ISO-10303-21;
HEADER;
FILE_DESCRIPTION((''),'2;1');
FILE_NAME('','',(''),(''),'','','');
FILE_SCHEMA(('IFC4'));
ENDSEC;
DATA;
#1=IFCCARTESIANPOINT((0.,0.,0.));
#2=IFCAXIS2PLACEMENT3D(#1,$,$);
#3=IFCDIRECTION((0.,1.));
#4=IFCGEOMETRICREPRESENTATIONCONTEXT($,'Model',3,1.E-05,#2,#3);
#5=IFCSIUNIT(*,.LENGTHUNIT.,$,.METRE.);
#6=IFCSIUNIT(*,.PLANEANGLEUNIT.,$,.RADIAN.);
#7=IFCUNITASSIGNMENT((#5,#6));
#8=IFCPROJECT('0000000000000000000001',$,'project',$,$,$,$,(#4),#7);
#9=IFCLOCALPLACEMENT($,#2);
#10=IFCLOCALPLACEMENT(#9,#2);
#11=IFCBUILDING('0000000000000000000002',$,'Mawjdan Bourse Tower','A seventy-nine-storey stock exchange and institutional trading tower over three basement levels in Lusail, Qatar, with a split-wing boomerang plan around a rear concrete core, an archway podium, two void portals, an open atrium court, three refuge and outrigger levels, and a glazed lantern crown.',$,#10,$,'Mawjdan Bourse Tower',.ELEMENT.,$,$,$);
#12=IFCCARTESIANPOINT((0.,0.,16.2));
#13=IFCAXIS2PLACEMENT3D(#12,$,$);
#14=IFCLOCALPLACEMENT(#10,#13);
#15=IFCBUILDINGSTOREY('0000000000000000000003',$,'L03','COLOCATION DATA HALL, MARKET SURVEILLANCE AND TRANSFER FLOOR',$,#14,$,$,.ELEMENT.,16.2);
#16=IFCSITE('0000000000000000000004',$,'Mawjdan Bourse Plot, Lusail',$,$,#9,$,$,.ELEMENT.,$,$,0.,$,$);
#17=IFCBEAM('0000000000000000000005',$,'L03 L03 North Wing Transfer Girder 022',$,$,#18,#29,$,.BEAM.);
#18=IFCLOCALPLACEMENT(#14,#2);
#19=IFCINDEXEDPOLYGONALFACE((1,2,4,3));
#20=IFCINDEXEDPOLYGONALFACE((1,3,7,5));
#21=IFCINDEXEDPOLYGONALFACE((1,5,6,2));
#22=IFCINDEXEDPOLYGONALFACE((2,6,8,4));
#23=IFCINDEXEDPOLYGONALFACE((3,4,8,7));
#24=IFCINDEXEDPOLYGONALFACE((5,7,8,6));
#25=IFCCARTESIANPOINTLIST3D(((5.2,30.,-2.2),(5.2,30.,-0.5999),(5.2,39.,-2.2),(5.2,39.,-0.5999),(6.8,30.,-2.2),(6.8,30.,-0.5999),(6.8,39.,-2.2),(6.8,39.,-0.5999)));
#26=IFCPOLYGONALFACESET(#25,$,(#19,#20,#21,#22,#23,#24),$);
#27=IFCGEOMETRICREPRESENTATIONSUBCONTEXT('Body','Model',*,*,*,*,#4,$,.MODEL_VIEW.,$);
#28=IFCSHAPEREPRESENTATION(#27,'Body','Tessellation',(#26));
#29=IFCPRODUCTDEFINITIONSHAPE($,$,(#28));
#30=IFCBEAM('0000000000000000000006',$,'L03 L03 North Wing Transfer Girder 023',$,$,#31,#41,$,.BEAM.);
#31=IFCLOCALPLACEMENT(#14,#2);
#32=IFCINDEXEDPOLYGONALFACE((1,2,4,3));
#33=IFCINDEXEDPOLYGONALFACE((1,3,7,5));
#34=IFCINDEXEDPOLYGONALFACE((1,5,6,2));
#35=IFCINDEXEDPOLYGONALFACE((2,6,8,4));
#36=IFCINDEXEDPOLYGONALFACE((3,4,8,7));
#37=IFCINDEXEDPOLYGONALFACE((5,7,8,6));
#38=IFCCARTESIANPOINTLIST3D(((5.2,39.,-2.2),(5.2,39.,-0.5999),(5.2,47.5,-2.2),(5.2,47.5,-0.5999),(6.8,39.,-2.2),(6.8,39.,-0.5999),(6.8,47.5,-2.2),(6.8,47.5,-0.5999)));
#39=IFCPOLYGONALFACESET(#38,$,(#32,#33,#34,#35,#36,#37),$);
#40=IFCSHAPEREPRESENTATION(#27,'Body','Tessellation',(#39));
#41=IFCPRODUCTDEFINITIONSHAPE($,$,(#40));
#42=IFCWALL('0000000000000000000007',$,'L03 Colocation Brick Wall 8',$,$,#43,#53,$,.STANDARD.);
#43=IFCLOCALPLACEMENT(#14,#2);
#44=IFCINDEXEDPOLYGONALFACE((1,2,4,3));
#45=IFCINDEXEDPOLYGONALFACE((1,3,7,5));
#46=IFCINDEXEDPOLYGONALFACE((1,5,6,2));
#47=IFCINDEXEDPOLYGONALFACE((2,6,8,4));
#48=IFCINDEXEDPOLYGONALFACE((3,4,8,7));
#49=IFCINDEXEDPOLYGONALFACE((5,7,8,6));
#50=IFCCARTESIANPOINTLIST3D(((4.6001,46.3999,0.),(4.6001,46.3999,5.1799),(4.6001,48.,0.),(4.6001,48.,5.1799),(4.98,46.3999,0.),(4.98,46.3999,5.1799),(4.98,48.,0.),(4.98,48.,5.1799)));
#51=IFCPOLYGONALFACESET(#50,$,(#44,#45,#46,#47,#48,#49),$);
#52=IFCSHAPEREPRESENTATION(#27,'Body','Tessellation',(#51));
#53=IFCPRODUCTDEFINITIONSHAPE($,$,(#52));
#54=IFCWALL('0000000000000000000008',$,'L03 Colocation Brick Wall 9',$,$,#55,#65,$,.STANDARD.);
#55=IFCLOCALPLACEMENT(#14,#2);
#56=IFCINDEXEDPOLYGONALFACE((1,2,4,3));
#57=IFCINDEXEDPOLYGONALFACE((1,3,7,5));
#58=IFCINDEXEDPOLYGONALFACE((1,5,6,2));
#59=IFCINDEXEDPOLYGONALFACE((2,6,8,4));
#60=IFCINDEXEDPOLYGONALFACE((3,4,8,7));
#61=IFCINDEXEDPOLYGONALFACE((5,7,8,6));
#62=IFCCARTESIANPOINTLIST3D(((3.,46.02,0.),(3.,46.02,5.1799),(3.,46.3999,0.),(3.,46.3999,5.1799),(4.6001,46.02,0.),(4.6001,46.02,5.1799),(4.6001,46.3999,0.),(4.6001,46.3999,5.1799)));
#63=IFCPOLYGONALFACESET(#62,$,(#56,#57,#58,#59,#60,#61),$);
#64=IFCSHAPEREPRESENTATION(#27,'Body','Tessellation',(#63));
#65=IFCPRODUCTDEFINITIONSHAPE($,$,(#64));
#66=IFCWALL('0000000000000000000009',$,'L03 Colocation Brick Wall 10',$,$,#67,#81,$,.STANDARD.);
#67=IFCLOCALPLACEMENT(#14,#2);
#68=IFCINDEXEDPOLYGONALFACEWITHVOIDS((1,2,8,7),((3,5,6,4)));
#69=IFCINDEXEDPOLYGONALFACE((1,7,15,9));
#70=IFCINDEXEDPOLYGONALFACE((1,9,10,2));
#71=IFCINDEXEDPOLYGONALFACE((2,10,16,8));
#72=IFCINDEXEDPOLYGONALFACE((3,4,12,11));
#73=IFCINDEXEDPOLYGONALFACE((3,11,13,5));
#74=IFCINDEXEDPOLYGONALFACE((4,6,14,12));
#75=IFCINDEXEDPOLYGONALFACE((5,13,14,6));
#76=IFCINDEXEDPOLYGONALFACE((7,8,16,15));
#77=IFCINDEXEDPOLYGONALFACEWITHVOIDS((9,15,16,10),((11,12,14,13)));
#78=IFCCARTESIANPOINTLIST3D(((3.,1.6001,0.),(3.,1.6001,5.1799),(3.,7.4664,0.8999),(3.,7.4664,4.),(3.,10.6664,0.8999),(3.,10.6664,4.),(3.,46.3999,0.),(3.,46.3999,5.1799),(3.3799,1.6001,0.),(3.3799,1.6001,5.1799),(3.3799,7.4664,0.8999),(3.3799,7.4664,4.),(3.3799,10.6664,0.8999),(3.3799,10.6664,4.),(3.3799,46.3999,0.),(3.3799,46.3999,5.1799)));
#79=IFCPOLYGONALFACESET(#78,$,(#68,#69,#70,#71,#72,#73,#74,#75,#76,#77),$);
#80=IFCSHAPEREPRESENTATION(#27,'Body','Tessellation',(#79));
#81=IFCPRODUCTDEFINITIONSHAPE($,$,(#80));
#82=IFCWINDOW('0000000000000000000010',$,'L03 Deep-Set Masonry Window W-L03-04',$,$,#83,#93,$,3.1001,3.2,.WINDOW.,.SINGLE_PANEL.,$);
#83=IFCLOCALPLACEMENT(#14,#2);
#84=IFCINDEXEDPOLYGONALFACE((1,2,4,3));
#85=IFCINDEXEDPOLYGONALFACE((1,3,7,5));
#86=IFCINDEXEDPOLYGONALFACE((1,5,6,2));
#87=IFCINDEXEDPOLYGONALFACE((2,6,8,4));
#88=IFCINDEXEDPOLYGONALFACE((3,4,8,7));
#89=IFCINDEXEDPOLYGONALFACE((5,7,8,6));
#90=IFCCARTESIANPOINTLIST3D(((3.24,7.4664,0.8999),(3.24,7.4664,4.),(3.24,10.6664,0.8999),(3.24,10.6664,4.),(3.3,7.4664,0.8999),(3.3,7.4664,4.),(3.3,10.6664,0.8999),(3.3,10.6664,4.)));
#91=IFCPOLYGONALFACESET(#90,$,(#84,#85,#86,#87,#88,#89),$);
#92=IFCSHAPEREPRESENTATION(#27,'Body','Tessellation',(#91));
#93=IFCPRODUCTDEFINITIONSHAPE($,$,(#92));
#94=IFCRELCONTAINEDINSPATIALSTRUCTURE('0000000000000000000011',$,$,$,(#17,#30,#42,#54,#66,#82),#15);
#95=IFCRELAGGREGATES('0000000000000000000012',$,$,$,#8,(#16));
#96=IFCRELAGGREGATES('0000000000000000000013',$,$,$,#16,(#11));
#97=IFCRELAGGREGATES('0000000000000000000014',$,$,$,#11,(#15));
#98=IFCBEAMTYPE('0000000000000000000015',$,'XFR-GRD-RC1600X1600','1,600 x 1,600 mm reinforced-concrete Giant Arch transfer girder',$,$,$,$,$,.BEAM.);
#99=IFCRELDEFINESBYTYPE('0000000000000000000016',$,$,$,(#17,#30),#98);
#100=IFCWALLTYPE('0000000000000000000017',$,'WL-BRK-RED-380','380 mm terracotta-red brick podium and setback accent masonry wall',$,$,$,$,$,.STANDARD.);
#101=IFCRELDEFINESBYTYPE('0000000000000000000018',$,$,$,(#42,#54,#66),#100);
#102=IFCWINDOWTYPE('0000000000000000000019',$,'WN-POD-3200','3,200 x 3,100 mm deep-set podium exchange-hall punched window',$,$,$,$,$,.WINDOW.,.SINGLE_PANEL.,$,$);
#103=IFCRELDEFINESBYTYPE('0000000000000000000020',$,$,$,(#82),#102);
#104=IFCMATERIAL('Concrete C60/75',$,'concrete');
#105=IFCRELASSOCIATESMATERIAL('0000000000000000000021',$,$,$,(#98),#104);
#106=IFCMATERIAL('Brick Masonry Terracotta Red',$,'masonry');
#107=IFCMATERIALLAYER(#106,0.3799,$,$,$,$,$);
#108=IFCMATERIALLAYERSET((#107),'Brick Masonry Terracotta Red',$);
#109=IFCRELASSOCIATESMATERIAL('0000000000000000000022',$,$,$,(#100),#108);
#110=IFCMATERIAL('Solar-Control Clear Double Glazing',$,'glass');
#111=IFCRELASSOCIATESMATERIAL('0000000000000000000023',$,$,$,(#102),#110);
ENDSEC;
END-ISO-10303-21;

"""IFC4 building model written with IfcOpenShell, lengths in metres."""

from ifc_helpers import new_model, si_unit, direction, frame, frame_2d, origin, origin_2d, place, context, subcontext, project, spatial, rectangle, extrude, material, layer, layer_set, material_profile, profile_set, type_object, element, fill, save


model = new_model("IFC4")

# Units and contexts
model_context = context("Model", 3, precision=1e-05, world=origin(), true_north=direction((0.0, 1.0)))
body_context = subcontext(model_context, "Body", "Model", "MODEL_VIEW")
ifc_project = project(units=[si_unit("LENGTHUNIT", "METRE"), si_unit("PLANEANGLEUNIT", "RADIAN")], contexts=[model_context])

# Site, building, storey
site_placement = place(None, origin())
site = spatial("IfcSite", under=ifc_project, at=site_placement, Name="Mawjdan Bourse Plot, Lusail", CompositionType="ELEMENT", RefElevation=0.0)
building_placement = place(site_placement, origin())
building = spatial("IfcBuilding", under=site, at=building_placement, Name="Mawjdan Bourse Tower", Description="A seventy-nine-storey stock exchange and institutional trading tower over three basement levels in Lusail, Qatar, with a split-wing boomerang plan around a rear concrete core, an archway podium, two void portals, an open atrium court, three refuge and outrigger levels, and a glazed lantern crown.", LongName="Mawjdan Bourse Tower", CompositionType="ELEMENT")
storey_placement = place(building_placement, frame((0.0, 0.0, 16.2)))
storey = spatial("IfcBuildingStorey", under=building, at=storey_placement, Name="L03", Description="COLOCATION DATA HALL, MARKET SURVEILLANCE AND TRANSFER FLOOR", CompositionType="ELEMENT", Elevation=16.2)

# Beams
ifc_material_1 = material(Name="Concrete C60/75", Category="concrete")
ifc_material_profile_1 = material_profile(ifc_material_1, rectangle(XDim=1.6001, YDim=1.6001, at=origin_2d()), Name="RC1600X1600")
ifc_profile_set_1 = profile_set([ifc_material_profile_1], Name="Concrete C60/75")
beam_type_1 = type_object("IfcBeamType", Name="XFR-GRD-RC1600X1600", Description="1,600 x 1,600 mm reinforced-concrete Giant Arch transfer girder", PredefinedType="BEAM", material=ifc_profile_set_1)
beam_1_placement = place(storey_placement, frame((6.0, 30.0, -1.3999), z_axis=(0.0, 1.0, 0.0), x_axis=(-1.0, 0.0, 0.0)))
element("IfcBeam", 1, at=beam_1_placement, inside=storey, type_object=beam_type_1, Name="L03 L03 North Wing Transfer Girder 022", PredefinedType="BEAM", context=body_context, shape_type="SweptSolid", body=[
    extrude(rectangle(XDim=1.6001, YDim=1.6001, at=origin_2d()), origin(), (0.0, 0.0, 1.0), 9.0),
])
beam_2_placement = place(storey_placement, frame((6.0, 39.0, -1.3999), z_axis=(0.0, 1.0, 0.0), x_axis=(-1.0, 0.0, 0.0)))
element("IfcBeam", 2, at=beam_2_placement, inside=storey, type_object=beam_type_1, Name="L03 L03 North Wing Transfer Girder 023", PredefinedType="BEAM", context=body_context, shape_type="SweptSolid", body=[
    extrude(rectangle(XDim=1.6001, YDim=1.6001, at=origin_2d()), origin(), (0.0, 0.0, 1.0), 8.5),
])

# Walls
ifc_material_2 = material(Name="Brick Masonry Terracotta Red", Category="masonry")
ifc_layer = layer(ifc_material_2, 0.3799)
ifc_layer_set = layer_set([ifc_layer], Name="Brick Masonry Terracotta Red")
wall_type = type_object("IfcWallType", Name="WL-BRK-RED-380", Description="380 mm terracotta-red brick podium and setback accent masonry wall", PredefinedType="STANDARD", material=ifc_layer_set)
for number, where, z_axis, x_axis, name in (
    (3, (4.79, 48.0, 0.0), (0.0, 0.0, 1.0), (0.0, -1.0, 0.0), "L03 Colocation Brick Wall 8"),
    (4, (4.6001, 46.21, 0.0), (0.0, 0.0, 1.0), (-1.0, 0.0, 0.0), "L03 Colocation Brick Wall 9"),
):
    element("IfcWall", number, at=place(storey_placement, frame(where, z_axis=z_axis, x_axis=x_axis)), inside=storey, type_object=wall_type, Name=name, PredefinedType="STANDARD", context=body_context, shape_type="SweptSolid", body=[
        extrude(rectangle(XDim=1.6001, YDim=0.3799, at=frame_2d((0.8, 0.0))), origin(), (0.0, 0.0, 1.0), 5.1799),
    ])

# Wall, opening, window
wall_placement = place(storey_placement, frame((3.1899, 46.3999, 0.0), z_axis=(0.0, 0.0, 1.0), x_axis=(0.0, -1.0, 0.0)))
wall = element("IfcWall", 5, at=wall_placement, inside=storey, type_object=wall_type, Name="L03 Colocation Brick Wall 10", PredefinedType="STANDARD", context=body_context, shape_type="SweptSolid", body=[
    extrude(rectangle(XDim=44.7998, YDim=0.3799, at=frame_2d((22.3999, 0.0))), origin(), (0.0, 0.0, 1.0), 5.1799),
])
opening_placement = place(wall_placement, frame((35.7334, 0.0, 0.8999)))
opening = element("IfcOpeningElement", 6, at=opening_placement, cuts=wall, PredefinedType="OPENING", context=body_context, shape_type="SweptSolid", body=[
    extrude(rectangle(XDim=3.2, YDim=3.1001, at=frame_2d((1.6001, 1.55))), frame((0.0, 0.2, 0.0), z_axis=(0.0, -1.0, 0.0), x_axis=(1.0, 0.0, 0.0)), (0.0, 0.0, 1.0), 0.3999),
])
ifc_material_3 = material(Name="Solar-Control Clear Double Glazing", Category="glass")
window_type = type_object("IfcWindowType", Name="WN-POD-3200", Description="3,200 x 3,100 mm deep-set podium exchange-hall punched window", PartitioningType="SINGLE_PANEL", PredefinedType="WINDOW", material=ifc_material_3)
window_placement = place(opening_placement, origin())
window = element("IfcWindow", 7, at=window_placement, inside=storey, type_object=window_type, Name="L03 Deep-Set Masonry Window W-L03-04", OverallHeight=3.1001, OverallWidth=3.2, PartitioningType="SINGLE_PANEL", PredefinedType="WINDOW", context=body_context, shape_type="SweptSolid", body=[
    extrude(rectangle(XDim=3.2, YDim=3.1001, at=frame_2d((1.6001, 1.55))), frame((0.0, 0.1101, 0.0), z_axis=(0.0, -1.0, 0.0), x_axis=(1.0, 0.0, 0.0)), (0.0, 0.0, 1.0), 0.0601),
])
fill(opening, window)

save(model, "model.ifc")
